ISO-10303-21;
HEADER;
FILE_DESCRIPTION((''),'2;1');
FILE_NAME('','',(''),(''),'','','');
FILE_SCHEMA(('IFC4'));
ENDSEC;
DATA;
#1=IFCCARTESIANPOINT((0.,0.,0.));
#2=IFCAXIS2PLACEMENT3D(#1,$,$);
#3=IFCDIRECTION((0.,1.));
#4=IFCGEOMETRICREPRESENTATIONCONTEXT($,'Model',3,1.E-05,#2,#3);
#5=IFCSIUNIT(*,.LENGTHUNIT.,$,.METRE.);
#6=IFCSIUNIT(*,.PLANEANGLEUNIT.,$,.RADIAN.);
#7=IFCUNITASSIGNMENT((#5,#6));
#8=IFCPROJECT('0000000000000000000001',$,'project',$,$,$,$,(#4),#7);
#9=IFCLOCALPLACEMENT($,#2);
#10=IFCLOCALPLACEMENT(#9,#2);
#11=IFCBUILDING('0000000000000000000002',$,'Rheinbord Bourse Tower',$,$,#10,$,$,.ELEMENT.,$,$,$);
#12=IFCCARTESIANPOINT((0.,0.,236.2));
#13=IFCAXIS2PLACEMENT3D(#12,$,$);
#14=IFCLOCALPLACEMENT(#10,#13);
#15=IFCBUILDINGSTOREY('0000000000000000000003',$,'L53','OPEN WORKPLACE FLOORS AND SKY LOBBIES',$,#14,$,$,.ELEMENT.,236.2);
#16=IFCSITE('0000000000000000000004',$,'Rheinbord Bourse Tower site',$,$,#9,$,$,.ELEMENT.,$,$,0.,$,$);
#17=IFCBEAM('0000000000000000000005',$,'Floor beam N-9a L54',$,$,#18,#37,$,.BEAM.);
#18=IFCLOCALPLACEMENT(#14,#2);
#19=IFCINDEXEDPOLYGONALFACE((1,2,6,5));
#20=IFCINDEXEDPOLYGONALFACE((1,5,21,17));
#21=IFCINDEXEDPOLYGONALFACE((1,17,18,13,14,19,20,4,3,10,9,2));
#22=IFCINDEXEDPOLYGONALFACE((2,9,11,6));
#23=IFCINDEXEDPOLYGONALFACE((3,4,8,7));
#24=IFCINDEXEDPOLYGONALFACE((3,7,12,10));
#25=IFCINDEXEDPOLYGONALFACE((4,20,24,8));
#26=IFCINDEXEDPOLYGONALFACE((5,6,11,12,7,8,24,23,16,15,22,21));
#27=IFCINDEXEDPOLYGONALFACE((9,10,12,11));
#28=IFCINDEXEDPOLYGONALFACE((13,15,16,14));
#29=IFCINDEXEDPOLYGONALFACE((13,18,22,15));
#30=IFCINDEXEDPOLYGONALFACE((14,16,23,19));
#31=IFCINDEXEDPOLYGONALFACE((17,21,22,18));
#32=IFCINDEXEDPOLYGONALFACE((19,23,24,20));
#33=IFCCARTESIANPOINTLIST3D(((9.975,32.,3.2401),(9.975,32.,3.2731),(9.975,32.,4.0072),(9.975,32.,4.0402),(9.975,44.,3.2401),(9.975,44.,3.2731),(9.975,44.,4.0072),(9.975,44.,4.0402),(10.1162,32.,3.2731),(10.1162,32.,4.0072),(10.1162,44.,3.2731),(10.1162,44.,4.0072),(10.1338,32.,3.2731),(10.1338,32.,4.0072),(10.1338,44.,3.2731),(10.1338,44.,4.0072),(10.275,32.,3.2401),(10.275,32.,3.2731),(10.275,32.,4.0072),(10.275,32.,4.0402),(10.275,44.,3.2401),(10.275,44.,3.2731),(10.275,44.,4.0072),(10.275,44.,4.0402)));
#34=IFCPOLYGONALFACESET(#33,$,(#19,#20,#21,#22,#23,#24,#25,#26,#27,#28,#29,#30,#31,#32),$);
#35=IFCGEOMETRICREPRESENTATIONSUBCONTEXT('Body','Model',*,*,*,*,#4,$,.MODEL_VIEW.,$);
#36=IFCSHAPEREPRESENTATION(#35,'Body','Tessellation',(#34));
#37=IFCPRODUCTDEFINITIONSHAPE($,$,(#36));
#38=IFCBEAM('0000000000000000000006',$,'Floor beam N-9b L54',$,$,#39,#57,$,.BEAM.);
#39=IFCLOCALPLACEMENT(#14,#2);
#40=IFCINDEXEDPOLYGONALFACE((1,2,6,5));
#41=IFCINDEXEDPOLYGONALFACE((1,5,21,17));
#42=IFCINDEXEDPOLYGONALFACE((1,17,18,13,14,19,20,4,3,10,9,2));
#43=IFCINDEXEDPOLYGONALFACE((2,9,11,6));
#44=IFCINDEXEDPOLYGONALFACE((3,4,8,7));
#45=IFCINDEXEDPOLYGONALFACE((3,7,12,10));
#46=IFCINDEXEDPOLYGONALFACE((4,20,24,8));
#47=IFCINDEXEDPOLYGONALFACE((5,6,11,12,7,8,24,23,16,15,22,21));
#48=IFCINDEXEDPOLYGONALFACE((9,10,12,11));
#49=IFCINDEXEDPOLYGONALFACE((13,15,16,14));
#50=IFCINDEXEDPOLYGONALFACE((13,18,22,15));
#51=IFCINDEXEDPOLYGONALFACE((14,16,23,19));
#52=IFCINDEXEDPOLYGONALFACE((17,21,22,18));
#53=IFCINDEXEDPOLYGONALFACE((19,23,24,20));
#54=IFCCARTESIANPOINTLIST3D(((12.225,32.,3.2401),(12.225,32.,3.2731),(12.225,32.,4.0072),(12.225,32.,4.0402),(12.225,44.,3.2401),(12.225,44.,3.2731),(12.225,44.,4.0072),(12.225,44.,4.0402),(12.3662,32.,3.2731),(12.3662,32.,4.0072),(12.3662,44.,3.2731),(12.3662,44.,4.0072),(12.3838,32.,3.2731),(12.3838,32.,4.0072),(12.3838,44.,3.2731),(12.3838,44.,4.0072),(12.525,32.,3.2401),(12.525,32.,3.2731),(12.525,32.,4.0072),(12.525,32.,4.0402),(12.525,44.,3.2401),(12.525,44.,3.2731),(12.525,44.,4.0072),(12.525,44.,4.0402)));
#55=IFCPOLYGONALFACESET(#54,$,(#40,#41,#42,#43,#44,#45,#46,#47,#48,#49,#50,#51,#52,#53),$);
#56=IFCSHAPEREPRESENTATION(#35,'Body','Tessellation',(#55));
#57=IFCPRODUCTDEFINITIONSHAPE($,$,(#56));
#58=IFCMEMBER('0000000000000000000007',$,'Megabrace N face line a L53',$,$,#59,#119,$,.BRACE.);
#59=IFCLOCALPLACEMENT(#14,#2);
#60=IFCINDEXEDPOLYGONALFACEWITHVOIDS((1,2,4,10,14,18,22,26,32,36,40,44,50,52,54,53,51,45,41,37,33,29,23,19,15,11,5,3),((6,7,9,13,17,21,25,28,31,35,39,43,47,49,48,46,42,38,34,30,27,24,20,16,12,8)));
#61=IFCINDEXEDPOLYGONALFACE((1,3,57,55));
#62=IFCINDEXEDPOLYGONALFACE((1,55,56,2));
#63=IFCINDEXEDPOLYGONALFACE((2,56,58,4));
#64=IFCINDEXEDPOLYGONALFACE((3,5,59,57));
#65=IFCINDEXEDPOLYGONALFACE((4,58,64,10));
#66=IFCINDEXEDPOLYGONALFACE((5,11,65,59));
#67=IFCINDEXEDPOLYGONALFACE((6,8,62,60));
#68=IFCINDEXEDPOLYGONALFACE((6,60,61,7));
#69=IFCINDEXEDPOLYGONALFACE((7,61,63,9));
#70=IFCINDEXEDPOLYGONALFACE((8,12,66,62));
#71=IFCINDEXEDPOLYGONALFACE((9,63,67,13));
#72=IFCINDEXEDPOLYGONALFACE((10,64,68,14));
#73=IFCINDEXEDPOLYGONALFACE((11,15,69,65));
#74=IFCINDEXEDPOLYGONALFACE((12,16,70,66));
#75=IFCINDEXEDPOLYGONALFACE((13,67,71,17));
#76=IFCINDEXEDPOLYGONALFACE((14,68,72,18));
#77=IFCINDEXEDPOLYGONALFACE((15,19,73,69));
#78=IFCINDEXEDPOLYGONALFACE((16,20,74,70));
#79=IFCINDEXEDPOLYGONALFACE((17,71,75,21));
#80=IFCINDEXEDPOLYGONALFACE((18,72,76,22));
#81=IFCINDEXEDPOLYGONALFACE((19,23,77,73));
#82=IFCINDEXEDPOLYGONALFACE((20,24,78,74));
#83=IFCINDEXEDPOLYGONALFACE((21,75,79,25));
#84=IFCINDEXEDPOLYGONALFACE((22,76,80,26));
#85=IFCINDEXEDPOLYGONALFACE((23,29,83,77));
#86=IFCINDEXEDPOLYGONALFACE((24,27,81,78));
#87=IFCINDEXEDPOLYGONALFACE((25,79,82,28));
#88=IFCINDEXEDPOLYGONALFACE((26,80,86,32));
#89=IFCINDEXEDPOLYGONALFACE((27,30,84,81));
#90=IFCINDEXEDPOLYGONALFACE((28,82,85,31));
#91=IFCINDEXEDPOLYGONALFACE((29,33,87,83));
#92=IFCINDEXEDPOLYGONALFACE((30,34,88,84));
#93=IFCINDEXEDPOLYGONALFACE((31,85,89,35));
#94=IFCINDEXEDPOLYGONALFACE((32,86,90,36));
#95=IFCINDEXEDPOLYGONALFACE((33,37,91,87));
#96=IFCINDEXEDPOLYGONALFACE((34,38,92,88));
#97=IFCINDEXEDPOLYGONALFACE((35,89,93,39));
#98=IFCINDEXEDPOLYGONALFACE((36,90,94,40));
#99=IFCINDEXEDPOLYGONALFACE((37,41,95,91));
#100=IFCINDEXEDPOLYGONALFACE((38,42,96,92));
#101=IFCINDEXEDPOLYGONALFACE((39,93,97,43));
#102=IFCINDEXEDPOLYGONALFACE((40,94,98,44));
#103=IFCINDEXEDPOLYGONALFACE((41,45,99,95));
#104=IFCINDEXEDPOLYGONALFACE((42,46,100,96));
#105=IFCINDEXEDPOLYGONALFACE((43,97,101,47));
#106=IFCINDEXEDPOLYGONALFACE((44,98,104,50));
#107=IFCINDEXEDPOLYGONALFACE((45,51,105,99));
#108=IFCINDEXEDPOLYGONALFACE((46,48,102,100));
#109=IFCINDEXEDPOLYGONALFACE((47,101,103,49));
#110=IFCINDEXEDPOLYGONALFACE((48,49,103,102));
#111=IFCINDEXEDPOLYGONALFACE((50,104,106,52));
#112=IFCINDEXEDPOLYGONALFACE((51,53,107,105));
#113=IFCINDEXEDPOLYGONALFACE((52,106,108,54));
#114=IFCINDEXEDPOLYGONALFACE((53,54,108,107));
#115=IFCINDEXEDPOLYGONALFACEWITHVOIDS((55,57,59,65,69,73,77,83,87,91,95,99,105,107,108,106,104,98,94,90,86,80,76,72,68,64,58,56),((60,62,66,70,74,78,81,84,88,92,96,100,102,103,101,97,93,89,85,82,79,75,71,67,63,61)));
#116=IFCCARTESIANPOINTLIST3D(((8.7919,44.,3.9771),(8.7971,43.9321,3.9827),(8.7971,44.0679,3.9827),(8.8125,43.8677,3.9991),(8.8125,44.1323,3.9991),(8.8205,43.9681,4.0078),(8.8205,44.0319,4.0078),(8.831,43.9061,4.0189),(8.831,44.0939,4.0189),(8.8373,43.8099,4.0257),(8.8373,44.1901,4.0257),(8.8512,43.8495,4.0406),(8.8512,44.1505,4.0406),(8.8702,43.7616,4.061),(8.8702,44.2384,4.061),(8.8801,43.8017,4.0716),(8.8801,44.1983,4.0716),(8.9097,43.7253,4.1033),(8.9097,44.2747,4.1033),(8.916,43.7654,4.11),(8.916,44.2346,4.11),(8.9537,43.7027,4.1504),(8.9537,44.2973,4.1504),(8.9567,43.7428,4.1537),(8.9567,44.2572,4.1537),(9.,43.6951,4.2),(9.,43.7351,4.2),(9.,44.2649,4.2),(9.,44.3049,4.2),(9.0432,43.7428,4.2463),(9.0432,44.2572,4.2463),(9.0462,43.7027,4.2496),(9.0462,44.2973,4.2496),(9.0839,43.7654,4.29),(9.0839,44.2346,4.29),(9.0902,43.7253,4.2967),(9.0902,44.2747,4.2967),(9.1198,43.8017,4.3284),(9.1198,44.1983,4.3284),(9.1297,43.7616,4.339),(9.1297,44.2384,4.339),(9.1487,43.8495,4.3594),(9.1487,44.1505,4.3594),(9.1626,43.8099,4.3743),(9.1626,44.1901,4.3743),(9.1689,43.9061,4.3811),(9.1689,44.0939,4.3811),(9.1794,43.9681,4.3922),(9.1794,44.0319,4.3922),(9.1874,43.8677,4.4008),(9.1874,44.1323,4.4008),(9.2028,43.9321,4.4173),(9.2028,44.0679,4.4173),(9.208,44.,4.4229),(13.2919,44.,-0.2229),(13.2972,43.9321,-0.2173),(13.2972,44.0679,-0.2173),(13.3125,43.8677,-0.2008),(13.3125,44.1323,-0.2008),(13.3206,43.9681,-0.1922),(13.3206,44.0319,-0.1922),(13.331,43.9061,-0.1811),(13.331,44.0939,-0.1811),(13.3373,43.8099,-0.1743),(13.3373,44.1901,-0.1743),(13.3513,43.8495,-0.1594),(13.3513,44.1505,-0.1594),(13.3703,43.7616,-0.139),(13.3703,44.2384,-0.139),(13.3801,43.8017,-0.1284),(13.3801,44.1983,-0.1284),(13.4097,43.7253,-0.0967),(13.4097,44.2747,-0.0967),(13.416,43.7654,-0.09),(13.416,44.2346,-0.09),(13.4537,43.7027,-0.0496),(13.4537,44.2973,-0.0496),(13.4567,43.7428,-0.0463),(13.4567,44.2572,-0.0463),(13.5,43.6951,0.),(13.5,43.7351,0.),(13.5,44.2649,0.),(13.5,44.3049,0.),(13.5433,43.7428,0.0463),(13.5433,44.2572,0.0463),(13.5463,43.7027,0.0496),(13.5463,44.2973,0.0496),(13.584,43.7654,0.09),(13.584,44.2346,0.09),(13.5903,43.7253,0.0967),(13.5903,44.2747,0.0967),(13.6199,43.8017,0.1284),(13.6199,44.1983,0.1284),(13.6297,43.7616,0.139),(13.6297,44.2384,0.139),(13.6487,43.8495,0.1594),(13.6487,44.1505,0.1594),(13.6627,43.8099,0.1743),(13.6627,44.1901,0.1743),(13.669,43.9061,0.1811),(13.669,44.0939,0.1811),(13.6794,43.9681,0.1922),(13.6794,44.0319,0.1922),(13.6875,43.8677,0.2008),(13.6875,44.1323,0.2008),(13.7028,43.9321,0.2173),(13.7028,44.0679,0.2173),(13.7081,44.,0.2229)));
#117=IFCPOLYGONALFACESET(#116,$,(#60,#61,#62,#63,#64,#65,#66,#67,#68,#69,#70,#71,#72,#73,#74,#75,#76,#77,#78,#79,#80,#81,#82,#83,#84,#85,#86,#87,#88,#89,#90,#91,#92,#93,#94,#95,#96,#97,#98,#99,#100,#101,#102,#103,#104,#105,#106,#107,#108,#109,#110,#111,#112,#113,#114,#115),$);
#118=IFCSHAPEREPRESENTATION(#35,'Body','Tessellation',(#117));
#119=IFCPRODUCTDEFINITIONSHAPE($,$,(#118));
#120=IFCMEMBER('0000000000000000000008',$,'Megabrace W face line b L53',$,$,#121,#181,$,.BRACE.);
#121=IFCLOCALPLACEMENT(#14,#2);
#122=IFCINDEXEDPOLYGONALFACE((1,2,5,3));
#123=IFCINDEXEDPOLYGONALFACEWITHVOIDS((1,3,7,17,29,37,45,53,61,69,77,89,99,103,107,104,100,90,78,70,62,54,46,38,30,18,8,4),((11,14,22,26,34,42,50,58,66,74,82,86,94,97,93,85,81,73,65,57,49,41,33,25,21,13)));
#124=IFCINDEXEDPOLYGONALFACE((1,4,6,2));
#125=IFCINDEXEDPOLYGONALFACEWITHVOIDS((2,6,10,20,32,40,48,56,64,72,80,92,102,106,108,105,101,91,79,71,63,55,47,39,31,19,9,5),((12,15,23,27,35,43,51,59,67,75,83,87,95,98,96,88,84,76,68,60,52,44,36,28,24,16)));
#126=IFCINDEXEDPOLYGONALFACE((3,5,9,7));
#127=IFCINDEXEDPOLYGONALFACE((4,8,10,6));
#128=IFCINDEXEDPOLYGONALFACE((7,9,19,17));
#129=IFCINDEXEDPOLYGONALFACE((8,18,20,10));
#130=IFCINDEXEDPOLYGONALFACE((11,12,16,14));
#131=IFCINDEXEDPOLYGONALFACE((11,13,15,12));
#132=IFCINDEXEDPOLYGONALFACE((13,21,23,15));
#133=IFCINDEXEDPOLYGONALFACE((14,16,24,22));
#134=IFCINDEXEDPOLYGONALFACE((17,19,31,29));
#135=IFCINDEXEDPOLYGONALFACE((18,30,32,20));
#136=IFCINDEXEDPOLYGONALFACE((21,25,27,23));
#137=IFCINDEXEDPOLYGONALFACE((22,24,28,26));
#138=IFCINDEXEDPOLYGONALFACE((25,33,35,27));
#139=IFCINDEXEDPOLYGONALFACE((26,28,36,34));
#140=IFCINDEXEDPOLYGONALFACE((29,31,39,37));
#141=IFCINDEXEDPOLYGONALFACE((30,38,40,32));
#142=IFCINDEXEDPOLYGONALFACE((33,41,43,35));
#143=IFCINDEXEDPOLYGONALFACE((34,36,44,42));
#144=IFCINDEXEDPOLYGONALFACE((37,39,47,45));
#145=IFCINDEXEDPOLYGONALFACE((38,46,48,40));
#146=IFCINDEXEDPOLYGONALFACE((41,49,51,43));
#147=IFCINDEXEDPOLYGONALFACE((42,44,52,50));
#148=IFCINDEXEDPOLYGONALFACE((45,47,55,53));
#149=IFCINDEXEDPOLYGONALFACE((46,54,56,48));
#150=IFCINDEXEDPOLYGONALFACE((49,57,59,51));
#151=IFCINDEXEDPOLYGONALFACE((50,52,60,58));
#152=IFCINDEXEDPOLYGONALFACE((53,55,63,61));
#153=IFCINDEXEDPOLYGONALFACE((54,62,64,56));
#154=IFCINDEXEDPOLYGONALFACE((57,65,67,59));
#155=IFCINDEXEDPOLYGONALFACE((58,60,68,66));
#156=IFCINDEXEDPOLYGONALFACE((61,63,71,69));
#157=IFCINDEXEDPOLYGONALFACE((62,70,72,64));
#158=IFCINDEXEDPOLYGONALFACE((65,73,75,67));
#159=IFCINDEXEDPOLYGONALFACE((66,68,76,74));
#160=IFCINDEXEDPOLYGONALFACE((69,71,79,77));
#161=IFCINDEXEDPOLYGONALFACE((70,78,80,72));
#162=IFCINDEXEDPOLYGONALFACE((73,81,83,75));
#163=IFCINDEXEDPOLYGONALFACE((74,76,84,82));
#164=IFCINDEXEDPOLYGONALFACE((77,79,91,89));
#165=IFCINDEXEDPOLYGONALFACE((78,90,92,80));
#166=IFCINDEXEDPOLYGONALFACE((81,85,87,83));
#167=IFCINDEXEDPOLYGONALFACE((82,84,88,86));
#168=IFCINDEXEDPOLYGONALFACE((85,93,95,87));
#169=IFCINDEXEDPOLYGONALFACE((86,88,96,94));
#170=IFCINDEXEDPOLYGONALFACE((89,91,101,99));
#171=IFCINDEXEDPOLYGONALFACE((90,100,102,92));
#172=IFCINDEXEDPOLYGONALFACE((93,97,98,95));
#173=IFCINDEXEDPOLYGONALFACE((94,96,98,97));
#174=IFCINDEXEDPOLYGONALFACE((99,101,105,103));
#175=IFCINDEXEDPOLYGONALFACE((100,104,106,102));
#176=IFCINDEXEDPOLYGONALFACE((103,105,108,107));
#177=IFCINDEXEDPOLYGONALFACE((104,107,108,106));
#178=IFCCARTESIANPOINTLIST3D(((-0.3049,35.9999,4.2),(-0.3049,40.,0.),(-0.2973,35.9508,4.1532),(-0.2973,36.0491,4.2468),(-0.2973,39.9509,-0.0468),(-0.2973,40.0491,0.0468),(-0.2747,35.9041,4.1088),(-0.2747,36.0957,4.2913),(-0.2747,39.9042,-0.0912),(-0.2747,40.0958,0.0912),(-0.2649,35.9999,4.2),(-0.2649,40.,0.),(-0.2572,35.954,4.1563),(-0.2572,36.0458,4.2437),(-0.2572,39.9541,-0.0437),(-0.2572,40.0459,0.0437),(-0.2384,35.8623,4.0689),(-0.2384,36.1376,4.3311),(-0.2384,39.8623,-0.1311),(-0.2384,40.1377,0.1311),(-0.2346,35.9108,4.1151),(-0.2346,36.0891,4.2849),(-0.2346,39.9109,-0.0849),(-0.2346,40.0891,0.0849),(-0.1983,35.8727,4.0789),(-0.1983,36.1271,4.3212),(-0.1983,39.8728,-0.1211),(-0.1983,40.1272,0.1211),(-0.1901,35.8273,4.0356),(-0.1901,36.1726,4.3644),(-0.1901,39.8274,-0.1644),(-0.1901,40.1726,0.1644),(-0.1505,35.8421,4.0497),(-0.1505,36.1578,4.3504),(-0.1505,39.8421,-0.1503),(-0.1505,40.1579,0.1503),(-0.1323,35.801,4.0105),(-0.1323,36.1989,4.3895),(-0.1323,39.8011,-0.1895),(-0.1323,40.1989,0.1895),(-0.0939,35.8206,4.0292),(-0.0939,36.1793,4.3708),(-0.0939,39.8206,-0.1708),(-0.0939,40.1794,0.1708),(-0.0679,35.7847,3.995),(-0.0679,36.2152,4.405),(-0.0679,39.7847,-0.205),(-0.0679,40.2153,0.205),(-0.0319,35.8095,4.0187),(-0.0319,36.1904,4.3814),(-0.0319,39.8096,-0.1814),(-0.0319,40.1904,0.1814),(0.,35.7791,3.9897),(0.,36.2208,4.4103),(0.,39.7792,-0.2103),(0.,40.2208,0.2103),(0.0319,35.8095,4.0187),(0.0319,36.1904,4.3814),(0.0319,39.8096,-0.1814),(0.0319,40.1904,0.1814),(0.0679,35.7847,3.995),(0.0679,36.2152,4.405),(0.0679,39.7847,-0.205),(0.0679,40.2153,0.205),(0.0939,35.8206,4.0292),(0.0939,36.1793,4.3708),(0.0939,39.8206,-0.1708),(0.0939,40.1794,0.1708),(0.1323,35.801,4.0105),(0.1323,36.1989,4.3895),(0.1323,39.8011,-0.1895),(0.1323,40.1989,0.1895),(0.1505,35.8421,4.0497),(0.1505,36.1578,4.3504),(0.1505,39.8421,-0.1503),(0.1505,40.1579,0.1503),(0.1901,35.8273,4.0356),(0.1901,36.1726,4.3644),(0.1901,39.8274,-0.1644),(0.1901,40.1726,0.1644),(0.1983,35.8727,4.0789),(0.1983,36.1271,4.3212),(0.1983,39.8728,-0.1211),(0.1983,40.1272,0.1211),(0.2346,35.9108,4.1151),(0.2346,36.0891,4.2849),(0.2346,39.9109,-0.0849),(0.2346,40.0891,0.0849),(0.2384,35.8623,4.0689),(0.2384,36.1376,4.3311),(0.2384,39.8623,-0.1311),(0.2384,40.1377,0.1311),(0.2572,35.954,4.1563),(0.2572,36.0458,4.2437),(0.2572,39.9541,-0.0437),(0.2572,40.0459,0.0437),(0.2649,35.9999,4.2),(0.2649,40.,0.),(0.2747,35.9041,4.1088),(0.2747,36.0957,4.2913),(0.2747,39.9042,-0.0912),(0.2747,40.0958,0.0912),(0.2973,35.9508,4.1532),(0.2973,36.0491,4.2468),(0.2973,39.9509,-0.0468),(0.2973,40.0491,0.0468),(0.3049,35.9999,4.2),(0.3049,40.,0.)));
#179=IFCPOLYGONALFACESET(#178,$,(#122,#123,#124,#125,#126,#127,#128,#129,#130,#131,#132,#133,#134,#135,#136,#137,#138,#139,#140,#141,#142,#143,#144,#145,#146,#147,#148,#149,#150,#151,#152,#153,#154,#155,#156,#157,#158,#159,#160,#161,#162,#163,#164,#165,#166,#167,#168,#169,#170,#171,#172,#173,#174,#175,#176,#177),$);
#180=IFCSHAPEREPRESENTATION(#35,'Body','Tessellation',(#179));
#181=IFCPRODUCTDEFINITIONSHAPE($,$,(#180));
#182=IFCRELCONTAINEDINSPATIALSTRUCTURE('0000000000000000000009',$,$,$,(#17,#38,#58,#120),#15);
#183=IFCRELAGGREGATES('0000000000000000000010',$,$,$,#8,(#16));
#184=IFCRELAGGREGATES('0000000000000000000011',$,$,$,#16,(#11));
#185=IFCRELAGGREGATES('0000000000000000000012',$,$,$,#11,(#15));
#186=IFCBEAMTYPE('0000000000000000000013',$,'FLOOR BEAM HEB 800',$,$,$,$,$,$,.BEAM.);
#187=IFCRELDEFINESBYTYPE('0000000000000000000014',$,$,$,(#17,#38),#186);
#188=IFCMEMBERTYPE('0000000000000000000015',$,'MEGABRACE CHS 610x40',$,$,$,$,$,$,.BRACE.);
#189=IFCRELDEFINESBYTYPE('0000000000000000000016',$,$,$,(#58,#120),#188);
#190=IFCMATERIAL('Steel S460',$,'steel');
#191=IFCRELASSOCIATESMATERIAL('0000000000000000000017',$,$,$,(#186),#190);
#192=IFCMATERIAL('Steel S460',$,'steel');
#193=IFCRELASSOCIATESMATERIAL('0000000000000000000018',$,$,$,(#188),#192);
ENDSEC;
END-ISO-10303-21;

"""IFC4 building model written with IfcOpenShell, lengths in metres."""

from ifc_helpers import new_model, si_unit, direction, frame, origin, origin_2d, place, context, subcontext, project, spatial, hollow_circle, i_section, extrude, material, material_profile, profile_set, type_object, element, save


model = new_model("IFC4")

# Units and contexts
model_context = context("Model", 3, precision=1e-05, world=origin(), true_north=direction((0.0, 1.0)))
body_context = subcontext(model_context, "Body", "Model", "MODEL_VIEW")
ifc_project = project(units=[si_unit("LENGTHUNIT", "METRE"), si_unit("PLANEANGLEUNIT", "RADIAN")], contexts=[model_context])

# Site, building, storey
site_placement = place(None, origin())
site = spatial("IfcSite", under=ifc_project, at=site_placement, Name="Rheinbord Bourse Tower site", CompositionType="ELEMENT", RefElevation=0.0)
building_placement = place(site_placement, origin())
building = spatial("IfcBuilding", under=site, at=building_placement, Name="Rheinbord Bourse Tower", CompositionType="ELEMENT")
storey_placement = place(building_placement, frame((0.0, 0.0, 236.2)))
storey = spatial("IfcBuildingStorey", under=building, at=storey_placement, Name="L53", Description="OPEN WORKPLACE FLOORS AND SKY LOBBIES", CompositionType="ELEMENT", Elevation=236.2)

# Beams
ifc_material_1 = material(Name="Steel S460", Category="steel")
ifc_material_profile_1 = material_profile(ifc_material_1, i_section(OverallWidth=0.3, OverallDepth=0.8, WebThickness=0.0176, FlangeThickness=0.033, at=origin_2d()), Name="HEB 800")
ifc_profile_set_1 = profile_set([ifc_material_profile_1], Name="Steel S460")
beam_type_1 = type_object("IfcBeamType", Name="FLOOR BEAM HEB 800", PredefinedType="BEAM", material=ifc_profile_set_1)
for number, where, z_axis, x_axis, name in (
    (1, (10.125, 44.0, 3.6401), (0.0, -1.0, 0.0), (1.0, 0.0, 0.0), "Floor beam N-9a L54"),
    (2, (12.375, 44.0, 3.6401), (0.0, -1.0, 0.0), (1.0, 0.0, 0.0), "Floor beam N-9b L54"),
):
    element("IfcBeam", number, at=place(storey_placement, frame(where, z_axis=z_axis, x_axis=x_axis)), inside=storey, type_object=beam_type_1, Name=name, PredefinedType="BEAM", context=body_context, shape_type="SweptSolid", body=[
        extrude(i_section(OverallWidth=0.3, OverallDepth=0.8, WebThickness=0.0176, FlangeThickness=0.033, at=origin_2d()), origin(), (0.0, 0.0, 1.0), 12.0),
    ])

# Members
ifc_material_2 = material(Name="Steel S460", Category="steel")
ifc_material_profile_2 = material_profile(ifc_material_2, hollow_circle(Radius=0.3049, WallThickness=0.04, at=origin_2d()), Name="CHS 610x40")
ifc_profile_set_2 = profile_set([ifc_material_profile_2], Name="Steel S460")
member_type_1 = type_object("IfcMemberType", Name="MEGABRACE CHS 610x40", PredefinedType="BRACE", material=ifc_profile_set_2)
member_1_placement = place(storey_placement, frame((13.5, 44.0, 0.0), z_axis=(-0.731059, 0.0, 0.682314), x_axis=(0.0, -1.0, 0.0)))
element("IfcMember", 3, at=member_1_placement, inside=storey, type_object=member_type_1, Name="Megabrace N face line a L53", PredefinedType="BRACE", context=body_context, shape_type="SweptSolid", body=[
    extrude(hollow_circle(Radius=0.3049, WallThickness=0.04, at=origin_2d()), origin(), (0.0, 0.0, 1.0), 6.1555),
])
member_2_placement = place(storey_placement, frame((0.0, 40.0, 0.0), z_axis=(0.0, -0.689659, 0.724134), x_axis=(1.0, 0.0, 0.0)))
element("IfcMember", 4, at=member_2_placement, inside=storey, type_object=member_type_1, Name="Megabrace W face line b L53", PredefinedType="BRACE", context=body_context, shape_type="SweptSolid", body=[
    extrude(hollow_circle(Radius=0.3049, WallThickness=0.04, at=origin_2d()), origin(), (0.0, 0.0, 1.0), 5.8),
])

save(model, "model.ifc")
